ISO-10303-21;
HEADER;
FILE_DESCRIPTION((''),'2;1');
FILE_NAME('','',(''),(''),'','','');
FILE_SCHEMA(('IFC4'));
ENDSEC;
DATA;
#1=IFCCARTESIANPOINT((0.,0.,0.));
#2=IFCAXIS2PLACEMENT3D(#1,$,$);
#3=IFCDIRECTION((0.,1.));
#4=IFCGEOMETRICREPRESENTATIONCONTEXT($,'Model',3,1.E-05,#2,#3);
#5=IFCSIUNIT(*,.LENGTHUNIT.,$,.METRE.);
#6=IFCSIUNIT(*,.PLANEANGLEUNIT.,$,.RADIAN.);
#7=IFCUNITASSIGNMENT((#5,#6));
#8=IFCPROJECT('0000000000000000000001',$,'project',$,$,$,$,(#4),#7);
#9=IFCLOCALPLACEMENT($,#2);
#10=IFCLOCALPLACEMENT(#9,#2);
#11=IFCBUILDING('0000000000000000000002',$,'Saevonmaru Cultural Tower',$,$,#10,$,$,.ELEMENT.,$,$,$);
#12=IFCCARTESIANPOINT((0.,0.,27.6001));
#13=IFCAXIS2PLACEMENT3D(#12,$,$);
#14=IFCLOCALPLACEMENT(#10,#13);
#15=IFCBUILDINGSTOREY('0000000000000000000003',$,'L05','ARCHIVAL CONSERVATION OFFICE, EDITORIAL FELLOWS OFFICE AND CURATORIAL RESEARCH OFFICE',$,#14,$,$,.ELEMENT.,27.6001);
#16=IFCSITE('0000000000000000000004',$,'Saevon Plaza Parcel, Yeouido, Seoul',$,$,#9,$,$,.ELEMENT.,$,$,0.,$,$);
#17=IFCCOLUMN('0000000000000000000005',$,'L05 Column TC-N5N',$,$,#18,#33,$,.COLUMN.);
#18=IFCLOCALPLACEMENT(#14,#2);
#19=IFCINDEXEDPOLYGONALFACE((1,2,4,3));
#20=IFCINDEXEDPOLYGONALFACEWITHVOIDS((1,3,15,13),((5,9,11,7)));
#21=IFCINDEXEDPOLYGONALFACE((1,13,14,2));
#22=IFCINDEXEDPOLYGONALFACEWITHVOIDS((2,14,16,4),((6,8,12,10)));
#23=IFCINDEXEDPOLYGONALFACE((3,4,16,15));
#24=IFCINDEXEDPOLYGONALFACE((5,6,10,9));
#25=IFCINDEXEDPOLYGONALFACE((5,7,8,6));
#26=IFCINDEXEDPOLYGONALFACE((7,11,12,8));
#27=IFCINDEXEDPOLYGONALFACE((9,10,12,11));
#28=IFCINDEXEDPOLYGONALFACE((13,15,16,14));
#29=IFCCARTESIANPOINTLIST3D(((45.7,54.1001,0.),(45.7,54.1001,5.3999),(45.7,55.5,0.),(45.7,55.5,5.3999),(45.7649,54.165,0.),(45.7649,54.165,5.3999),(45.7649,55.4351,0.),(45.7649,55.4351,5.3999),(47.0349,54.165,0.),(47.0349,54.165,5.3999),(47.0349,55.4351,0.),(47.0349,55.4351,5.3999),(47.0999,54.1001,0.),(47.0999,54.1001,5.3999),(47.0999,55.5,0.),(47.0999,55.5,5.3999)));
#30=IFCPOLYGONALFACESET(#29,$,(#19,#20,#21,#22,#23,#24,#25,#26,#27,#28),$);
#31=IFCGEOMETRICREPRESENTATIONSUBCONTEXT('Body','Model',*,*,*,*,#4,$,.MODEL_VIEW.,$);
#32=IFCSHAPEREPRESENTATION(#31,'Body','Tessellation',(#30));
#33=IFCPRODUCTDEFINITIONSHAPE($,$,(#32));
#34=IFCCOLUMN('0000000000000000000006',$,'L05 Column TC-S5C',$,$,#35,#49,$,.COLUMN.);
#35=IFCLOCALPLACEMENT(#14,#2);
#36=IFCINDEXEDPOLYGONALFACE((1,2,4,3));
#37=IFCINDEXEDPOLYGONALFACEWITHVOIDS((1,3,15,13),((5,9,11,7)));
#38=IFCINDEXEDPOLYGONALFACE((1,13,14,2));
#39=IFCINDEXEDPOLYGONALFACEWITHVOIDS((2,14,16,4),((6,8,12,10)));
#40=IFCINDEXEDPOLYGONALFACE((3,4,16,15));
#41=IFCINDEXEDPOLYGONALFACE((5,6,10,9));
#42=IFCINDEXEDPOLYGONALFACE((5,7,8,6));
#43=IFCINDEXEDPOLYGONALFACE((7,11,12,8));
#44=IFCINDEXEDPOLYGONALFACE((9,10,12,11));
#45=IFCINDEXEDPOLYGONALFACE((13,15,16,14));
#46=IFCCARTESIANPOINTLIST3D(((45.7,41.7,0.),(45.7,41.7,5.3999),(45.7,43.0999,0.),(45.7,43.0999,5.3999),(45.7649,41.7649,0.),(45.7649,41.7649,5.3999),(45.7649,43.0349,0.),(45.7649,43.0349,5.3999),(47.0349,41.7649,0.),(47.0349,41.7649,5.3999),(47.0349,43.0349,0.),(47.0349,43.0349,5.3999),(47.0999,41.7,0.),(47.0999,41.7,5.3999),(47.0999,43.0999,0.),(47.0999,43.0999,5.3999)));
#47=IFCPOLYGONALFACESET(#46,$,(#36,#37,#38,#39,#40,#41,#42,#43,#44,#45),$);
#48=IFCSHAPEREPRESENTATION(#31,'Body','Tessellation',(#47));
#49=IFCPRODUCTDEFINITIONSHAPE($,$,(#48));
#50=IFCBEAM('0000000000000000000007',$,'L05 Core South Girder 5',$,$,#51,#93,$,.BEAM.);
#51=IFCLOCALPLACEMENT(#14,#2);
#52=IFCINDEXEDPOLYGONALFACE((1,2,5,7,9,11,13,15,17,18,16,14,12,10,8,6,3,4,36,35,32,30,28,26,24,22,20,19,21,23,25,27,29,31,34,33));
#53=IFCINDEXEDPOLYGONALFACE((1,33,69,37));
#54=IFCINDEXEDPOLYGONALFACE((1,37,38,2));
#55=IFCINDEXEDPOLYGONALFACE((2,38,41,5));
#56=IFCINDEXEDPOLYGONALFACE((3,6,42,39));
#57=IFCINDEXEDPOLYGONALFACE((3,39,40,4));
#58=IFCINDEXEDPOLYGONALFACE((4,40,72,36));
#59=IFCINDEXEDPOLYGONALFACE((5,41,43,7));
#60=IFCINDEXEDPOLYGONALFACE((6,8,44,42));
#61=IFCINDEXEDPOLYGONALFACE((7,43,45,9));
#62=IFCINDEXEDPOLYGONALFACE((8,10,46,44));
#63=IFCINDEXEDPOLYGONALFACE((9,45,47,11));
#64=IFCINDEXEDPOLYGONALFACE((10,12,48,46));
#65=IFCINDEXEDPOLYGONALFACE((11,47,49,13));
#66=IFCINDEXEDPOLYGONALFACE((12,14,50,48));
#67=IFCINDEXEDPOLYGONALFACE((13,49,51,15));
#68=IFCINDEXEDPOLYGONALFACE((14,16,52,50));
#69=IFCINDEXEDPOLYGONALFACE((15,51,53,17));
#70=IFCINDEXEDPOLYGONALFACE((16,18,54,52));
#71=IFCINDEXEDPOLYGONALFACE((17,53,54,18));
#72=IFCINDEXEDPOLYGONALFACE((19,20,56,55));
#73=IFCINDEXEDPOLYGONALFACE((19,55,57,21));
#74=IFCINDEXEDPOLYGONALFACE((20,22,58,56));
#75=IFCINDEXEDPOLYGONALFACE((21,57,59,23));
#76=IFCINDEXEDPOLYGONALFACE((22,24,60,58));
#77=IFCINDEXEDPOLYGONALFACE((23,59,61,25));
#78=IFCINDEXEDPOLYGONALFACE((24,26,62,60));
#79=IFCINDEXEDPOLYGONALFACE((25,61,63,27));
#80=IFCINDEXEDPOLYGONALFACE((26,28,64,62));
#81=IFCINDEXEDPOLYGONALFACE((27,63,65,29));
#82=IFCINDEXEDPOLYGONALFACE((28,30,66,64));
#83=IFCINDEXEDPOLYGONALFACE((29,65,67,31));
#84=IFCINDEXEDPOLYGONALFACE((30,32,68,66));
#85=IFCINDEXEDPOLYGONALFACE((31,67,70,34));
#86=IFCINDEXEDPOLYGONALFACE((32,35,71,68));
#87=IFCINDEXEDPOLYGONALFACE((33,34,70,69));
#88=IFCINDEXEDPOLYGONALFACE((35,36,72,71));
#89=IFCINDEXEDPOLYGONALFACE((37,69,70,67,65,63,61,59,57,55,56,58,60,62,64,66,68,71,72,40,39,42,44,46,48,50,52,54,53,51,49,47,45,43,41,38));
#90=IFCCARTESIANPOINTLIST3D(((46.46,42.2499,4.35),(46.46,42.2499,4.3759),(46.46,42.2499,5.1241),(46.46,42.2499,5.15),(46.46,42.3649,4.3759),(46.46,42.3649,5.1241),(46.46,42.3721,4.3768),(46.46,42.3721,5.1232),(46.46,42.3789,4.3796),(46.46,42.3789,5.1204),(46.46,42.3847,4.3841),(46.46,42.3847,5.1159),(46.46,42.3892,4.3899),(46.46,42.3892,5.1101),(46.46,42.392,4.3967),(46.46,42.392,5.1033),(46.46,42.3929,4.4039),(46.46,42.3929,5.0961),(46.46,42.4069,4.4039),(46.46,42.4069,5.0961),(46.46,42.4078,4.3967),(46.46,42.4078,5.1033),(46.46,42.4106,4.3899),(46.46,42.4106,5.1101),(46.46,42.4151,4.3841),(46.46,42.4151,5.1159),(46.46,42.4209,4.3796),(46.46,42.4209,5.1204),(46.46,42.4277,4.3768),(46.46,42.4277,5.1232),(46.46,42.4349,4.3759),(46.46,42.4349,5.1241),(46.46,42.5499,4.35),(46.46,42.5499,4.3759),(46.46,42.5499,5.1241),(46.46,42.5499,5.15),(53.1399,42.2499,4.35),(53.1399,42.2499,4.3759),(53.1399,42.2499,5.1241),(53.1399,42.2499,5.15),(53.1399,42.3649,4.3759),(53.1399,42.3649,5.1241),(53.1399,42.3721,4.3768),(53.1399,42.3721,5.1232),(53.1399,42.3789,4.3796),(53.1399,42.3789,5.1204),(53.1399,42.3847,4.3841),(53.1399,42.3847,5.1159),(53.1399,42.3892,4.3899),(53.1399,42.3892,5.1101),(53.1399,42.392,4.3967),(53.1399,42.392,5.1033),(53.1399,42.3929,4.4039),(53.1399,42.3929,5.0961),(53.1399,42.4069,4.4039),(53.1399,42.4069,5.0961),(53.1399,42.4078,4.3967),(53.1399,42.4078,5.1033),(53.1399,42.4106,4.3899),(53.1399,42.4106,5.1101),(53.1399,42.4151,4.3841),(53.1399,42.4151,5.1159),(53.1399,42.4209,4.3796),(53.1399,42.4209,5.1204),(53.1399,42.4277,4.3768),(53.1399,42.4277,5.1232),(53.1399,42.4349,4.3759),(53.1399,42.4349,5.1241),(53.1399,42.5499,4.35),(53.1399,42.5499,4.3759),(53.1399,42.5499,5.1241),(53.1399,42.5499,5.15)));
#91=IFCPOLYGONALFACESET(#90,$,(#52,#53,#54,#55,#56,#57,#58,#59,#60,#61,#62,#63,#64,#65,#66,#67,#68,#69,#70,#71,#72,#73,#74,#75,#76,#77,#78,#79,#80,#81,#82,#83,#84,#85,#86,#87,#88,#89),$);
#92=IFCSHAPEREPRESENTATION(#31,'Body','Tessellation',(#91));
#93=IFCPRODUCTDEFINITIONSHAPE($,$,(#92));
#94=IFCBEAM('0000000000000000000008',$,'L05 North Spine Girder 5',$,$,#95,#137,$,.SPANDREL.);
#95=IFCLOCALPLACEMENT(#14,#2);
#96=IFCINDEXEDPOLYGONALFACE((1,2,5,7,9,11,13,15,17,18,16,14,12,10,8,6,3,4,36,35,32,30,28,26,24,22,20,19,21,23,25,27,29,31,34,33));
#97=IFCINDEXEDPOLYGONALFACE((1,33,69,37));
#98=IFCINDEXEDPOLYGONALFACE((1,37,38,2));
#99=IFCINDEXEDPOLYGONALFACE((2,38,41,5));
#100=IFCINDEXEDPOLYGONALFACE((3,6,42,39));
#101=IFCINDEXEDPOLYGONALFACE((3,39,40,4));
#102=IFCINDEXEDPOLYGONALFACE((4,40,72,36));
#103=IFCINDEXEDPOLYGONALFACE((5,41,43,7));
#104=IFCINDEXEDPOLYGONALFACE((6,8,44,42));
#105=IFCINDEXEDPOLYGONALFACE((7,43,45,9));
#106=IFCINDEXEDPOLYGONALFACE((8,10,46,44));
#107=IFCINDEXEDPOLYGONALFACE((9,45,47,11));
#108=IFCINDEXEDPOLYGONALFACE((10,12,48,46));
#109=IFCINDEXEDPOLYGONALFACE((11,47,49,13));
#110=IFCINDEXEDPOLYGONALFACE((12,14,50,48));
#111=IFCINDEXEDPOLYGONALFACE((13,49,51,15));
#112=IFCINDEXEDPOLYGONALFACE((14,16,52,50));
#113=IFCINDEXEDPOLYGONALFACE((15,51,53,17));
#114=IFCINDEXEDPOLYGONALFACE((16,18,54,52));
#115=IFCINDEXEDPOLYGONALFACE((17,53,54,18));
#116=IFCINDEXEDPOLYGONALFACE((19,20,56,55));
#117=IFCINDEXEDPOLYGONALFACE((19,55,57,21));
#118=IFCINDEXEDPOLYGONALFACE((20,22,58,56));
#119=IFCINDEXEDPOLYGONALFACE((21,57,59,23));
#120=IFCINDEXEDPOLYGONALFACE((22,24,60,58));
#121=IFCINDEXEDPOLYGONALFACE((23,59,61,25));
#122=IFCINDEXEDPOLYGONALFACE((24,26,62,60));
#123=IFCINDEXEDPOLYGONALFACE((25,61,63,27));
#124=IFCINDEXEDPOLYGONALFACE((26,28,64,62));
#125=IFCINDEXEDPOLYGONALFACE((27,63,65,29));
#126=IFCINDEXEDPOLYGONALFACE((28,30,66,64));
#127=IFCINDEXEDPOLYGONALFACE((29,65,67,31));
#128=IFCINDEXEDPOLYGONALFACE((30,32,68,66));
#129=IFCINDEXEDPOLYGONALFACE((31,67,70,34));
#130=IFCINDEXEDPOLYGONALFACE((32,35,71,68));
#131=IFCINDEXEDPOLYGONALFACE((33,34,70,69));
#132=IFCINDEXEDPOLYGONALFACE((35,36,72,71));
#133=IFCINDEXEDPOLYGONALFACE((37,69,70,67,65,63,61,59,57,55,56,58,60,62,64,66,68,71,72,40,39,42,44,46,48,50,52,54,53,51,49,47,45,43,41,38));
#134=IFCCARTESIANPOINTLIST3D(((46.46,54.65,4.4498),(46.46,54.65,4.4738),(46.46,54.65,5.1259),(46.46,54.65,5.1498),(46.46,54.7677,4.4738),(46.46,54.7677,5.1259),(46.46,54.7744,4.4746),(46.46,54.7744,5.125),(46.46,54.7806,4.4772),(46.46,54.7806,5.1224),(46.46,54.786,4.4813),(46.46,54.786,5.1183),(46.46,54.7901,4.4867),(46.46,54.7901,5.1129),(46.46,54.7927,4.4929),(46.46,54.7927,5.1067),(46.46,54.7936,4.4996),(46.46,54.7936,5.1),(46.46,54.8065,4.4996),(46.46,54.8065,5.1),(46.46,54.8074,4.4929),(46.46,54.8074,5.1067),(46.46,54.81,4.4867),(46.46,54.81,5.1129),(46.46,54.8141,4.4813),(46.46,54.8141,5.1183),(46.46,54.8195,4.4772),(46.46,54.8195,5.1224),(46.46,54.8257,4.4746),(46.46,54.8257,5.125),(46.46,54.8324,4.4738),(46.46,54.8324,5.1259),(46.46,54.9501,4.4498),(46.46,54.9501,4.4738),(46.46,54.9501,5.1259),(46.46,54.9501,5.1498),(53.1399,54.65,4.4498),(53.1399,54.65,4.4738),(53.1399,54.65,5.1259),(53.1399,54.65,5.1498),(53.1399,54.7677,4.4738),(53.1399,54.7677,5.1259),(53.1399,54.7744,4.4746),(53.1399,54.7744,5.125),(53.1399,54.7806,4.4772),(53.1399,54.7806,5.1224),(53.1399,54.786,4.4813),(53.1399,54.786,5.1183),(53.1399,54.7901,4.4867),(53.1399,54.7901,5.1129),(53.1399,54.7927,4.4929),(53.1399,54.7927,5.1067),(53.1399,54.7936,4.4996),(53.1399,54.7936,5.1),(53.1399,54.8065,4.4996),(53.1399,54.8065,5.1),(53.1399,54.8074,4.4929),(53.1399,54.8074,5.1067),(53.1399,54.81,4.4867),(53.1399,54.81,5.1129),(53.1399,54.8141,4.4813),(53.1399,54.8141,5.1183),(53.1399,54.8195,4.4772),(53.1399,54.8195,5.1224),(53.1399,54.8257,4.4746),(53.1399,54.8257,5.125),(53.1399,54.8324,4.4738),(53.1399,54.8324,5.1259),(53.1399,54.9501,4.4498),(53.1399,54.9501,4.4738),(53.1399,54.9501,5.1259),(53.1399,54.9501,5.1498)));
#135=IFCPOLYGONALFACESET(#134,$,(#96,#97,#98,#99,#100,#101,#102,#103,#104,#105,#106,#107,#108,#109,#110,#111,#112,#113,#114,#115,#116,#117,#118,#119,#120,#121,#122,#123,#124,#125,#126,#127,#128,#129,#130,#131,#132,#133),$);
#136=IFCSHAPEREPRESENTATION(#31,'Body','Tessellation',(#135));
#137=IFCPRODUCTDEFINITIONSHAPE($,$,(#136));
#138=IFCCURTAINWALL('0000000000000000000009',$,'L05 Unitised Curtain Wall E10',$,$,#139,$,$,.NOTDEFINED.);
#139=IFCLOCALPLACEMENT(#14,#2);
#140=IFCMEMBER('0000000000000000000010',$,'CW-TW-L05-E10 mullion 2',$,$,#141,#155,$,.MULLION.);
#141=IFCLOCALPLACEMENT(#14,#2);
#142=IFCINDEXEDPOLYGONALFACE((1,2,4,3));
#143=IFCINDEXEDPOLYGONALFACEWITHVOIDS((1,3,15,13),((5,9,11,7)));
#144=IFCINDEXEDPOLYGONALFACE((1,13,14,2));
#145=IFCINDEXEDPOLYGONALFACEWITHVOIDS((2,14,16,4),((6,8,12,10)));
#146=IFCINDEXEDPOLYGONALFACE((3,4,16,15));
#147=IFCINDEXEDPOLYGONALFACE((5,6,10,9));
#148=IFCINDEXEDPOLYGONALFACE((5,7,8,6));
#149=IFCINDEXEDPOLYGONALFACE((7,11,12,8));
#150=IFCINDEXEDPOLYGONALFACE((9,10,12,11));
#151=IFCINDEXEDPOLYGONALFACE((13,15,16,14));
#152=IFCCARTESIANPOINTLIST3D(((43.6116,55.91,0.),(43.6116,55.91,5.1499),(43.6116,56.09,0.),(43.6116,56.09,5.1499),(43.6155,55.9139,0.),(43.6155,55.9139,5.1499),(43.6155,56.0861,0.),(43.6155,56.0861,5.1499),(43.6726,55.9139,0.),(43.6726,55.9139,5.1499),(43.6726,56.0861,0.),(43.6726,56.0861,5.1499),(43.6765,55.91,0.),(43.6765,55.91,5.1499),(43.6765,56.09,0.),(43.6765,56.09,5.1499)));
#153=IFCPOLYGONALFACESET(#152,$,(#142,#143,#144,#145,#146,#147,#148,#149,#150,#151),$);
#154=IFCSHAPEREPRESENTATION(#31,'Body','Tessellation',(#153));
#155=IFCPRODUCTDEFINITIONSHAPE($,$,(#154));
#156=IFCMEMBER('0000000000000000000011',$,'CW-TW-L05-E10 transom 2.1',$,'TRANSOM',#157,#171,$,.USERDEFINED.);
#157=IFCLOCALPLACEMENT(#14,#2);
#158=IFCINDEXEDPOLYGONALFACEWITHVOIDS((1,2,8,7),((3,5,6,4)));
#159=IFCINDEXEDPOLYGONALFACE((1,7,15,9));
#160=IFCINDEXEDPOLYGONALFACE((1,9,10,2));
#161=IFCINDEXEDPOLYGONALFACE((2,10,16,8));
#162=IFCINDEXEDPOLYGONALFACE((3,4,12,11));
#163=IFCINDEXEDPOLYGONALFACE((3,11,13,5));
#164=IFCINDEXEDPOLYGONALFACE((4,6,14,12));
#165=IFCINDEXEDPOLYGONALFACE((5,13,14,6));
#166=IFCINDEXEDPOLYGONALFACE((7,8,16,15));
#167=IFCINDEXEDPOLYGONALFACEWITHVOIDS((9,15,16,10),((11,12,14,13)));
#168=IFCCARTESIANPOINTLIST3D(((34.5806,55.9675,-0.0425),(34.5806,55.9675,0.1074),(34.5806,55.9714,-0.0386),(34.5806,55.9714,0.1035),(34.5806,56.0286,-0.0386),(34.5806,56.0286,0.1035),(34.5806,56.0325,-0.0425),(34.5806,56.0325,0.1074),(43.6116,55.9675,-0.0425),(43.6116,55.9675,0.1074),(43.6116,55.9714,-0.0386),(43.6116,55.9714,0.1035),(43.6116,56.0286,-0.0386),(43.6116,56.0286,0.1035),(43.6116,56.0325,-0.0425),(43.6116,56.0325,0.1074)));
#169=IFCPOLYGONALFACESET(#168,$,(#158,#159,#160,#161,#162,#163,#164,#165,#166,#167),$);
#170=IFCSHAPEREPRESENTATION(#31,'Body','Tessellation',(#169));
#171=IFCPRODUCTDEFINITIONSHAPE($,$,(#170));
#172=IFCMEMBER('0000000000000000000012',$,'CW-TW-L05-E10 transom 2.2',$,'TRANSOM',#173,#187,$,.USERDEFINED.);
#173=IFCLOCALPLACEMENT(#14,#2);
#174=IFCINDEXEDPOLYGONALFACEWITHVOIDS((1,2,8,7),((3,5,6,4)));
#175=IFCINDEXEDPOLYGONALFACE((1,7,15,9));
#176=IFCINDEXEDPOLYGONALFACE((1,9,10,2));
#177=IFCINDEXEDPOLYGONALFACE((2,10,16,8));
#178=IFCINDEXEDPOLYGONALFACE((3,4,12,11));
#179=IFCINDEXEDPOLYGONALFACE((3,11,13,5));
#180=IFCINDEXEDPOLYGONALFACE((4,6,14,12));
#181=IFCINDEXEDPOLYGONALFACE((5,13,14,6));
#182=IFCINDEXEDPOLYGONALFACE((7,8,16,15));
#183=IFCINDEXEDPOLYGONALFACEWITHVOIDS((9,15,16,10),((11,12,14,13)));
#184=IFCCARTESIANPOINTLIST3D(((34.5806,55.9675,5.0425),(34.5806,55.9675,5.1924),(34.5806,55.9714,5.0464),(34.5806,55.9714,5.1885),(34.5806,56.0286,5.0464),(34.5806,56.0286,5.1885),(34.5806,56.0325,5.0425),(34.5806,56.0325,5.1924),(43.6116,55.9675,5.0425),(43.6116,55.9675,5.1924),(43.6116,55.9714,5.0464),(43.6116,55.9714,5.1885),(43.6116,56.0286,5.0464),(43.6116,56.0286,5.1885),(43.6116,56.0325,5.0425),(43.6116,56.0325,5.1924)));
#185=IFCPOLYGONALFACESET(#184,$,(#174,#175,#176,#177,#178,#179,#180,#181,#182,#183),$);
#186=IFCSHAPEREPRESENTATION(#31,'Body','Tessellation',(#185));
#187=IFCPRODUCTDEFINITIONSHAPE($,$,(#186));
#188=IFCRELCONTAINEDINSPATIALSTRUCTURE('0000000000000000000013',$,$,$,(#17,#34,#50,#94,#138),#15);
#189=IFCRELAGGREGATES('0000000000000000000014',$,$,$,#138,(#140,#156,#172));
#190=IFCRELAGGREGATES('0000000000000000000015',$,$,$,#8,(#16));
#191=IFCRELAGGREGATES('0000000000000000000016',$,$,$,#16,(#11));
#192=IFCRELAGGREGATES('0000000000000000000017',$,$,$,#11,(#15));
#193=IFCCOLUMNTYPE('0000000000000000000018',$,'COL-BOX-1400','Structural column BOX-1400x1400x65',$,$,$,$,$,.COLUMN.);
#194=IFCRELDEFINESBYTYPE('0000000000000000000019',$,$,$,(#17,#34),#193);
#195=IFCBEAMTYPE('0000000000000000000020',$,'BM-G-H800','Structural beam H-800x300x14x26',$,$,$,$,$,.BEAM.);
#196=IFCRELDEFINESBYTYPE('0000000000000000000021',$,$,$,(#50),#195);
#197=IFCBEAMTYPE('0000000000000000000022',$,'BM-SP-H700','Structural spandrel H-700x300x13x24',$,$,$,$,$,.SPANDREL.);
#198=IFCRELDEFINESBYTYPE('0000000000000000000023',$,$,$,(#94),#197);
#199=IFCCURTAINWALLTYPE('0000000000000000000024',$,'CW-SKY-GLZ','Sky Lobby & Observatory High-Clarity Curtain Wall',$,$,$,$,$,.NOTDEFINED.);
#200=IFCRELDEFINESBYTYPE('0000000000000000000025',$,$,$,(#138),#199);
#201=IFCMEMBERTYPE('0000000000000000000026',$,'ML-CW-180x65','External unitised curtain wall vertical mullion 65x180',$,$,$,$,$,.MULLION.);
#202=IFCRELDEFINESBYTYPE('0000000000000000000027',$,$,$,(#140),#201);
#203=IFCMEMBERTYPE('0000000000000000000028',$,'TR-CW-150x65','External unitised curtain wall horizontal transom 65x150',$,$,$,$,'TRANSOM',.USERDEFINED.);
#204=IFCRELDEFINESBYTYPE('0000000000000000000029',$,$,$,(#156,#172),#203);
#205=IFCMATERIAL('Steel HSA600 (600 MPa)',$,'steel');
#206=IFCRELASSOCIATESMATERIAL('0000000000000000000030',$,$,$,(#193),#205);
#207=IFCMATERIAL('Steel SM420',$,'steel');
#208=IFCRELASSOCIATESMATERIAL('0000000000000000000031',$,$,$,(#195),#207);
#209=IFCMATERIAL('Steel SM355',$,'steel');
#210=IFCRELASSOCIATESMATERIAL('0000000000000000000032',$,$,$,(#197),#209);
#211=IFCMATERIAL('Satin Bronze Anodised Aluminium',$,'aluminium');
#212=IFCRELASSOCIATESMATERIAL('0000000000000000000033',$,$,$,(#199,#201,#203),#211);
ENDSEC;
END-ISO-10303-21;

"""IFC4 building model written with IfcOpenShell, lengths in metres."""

from ifc_helpers import new_model, si_unit, direction, frame, origin, origin_2d, place, context, subcontext, project, spatial, hollow_rectangle, i_section, extrude, material, material_profile, profile_set, type_object, element, aggregate, save


model = new_model("IFC4")

# Units and contexts
model_context = context("Model", 3, precision=1e-05, world=origin(), true_north=direction((0.0, 1.0)))
body_context = subcontext(model_context, "Body", "Model", "MODEL_VIEW")
ifc_project = project(units=[si_unit("LENGTHUNIT", "METRE"), si_unit("PLANEANGLEUNIT", "RADIAN")], contexts=[model_context])

# Site, building, storey
site_placement = place(None, origin())
site = spatial("IfcSite", under=ifc_project, at=site_placement, Name="Saevon Plaza Parcel, Yeouido, Seoul", CompositionType="ELEMENT", RefElevation=0.0)
building_placement = place(site_placement, origin())
building = spatial("IfcBuilding", under=site, at=building_placement, Name="Saevonmaru Cultural Tower", CompositionType="ELEMENT")
storey_placement = place(building_placement, frame((0.0, 0.0, 27.6001)))
storey = spatial("IfcBuildingStorey", under=building, at=storey_placement, Name="L05", Description="ARCHIVAL CONSERVATION OFFICE, EDITORIAL FELLOWS OFFICE AND CURATORIAL RESEARCH OFFICE", CompositionType="ELEMENT", Elevation=27.6001)

# Columns
ifc_material_1 = material(Name="Steel HSA600 (600 MPa)", Category="steel")
ifc_material_profile_1 = material_profile(ifc_material_1, hollow_rectangle(XDim=1.3999, YDim=1.3999, WallThickness=0.0649, at=origin_2d()), Name="BOX-1400x1400x65")
ifc_profile_set_1 = profile_set([ifc_material_profile_1], Name="Steel HSA600 (600 MPa)")
column_type = type_object("IfcColumnType", Name="COL-BOX-1400", Description="Structural column BOX-1400x1400x65", PredefinedType="COLUMN", material=ifc_profile_set_1)
for number, where, z_axis, x_axis, name in (
    (1, (46.3999, 54.8, 0.0), (0.0, 0.0, 1.0), (1.0, 0.0, 0.0), "L05 Column TC-N5N"),
    (2, (46.3999, 42.3999, 0.0), (0.0, 0.0, 1.0), (1.0, 0.0, 0.0), "L05 Column TC-S5C"),
):
    element("IfcColumn", number, at=place(storey_placement, frame(where, z_axis=z_axis, x_axis=x_axis)), inside=storey, type_object=column_type, Name=name, PredefinedType="COLUMN", context=body_context, shape_type="SweptSolid", body=[
        extrude(hollow_rectangle(XDim=1.3999, YDim=1.3999, WallThickness=0.0649, at=origin_2d()), origin(), (0.0, 0.0, 1.0), 5.3999),
    ])

# Beams
ifc_material_2 = material(Name="Steel SM420", Category="steel")
ifc_material_profile_2 = material_profile(ifc_material_2, i_section(OverallWidth=0.3, OverallDepth=0.8, WebThickness=0.0139, FlangeThickness=0.0259, FilletRadius=0.0281, at=origin_2d()), Name="H-800x300x14x26")
ifc_profile_set_2 = profile_set([ifc_material_profile_2], Name="Steel SM420")
beam_type_1 = type_object("IfcBeamType", Name="BM-G-H800", Description="Structural beam H-800x300x14x26", PredefinedType="BEAM", material=ifc_profile_set_2)
beam_1_placement = place(storey_placement, frame((46.46, 42.3999, 4.75), z_axis=(1.0, 0.0, 0.0), x_axis=(0.0, 1.0, 0.0)))
element("IfcBeam", 3, at=beam_1_placement, inside=storey, type_object=beam_type_1, Name="L05 Core South Girder 5", PredefinedType="BEAM", context=body_context, shape_type="SweptSolid", body=[
    extrude(i_section(OverallWidth=0.3, OverallDepth=0.8, WebThickness=0.0139, FlangeThickness=0.0259, FilletRadius=0.0281, at=origin_2d()), origin(), (0.0, 0.0, 1.0), 6.6799),
])
ifc_material_3 = material(Name="Steel SM355", Category="steel")
ifc_material_profile_3 = material_profile(ifc_material_3, i_section(OverallWidth=0.3, OverallDepth=0.7, WebThickness=0.0129, FlangeThickness=0.0239, FilletRadius=0.0259, at=origin_2d()), Name="H-700x300x13x24")
ifc_profile_set_3 = profile_set([ifc_material_profile_3], Name="Steel SM355")
beam_type_2 = type_object("IfcBeamType", Name="BM-SP-H700", Description="Structural spandrel H-700x300x13x24", PredefinedType="SPANDREL", material=ifc_profile_set_3)
beam_2_placement = place(storey_placement, frame((46.46, 54.8, 4.7998), z_axis=(1.0, 0.0, 0.0), x_axis=(0.0, 1.0, 0.0)))
element("IfcBeam", 4, at=beam_2_placement, inside=storey, type_object=beam_type_2, Name="L05 North Spine Girder 5", PredefinedType="SPANDREL", context=body_context, shape_type="SweptSolid", body=[
    extrude(i_section(OverallWidth=0.3, OverallDepth=0.7, WebThickness=0.0129, FlangeThickness=0.0239, FilletRadius=0.0259, at=origin_2d()), origin(), (0.0, 0.0, 1.0), 6.6799),
])

# Curtain wall, members
ifc_material_4 = material(Name="Satin Bronze Anodised Aluminium", Category="aluminium")
curtain_wall_type = type_object("IfcCurtainWallType", Name="CW-SKY-GLZ", Description="Sky Lobby & Observatory High-Clarity Curtain Wall", PredefinedType="NOTDEFINED", material=ifc_material_4)
curtain_wall_placement = place(storey_placement, origin())
curtain_wall = element("IfcCurtainWall", 5, at=curtain_wall_placement, inside=storey, type_object=curtain_wall_type, Name="L05 Unitised Curtain Wall E10", PredefinedType="NOTDEFINED")
ifc_material_profile_4 = material_profile(ifc_material_4, hollow_rectangle(XDim=0.0649, YDim=0.1799, WallThickness=0.0039, at=origin_2d()), Name="ALU-MULL-180x65x4")
ifc_profile_set_4 = profile_set([ifc_material_profile_4], Name="Satin Bronze Anodised Aluminium")
member_type_1 = type_object("IfcMemberType", Name="ML-CW-180x65", Description="External unitised curtain wall vertical mullion 65x180", PredefinedType="MULLION", material=ifc_profile_set_4)
member_1_placement = place(storey_placement, frame((43.644, 56.0, 0.0), z_axis=(0.0, 0.0, 1.0), x_axis=(-1.0, 0.0, 0.0)))
member_1 = element("IfcMember", 6, at=member_1_placement, type_object=member_type_1, Name="CW-TW-L05-E10 mullion 2", PredefinedType="MULLION", context=body_context, shape_type="SweptSolid", body=[
    extrude(hollow_rectangle(XDim=0.0649, YDim=0.1799, WallThickness=0.0039, at=origin_2d()), origin(), (0.0, 0.0, 1.0), 5.1499),
])
ifc_material_profile_5 = material_profile(ifc_material_4, hollow_rectangle(XDim=0.0649, YDim=0.1499, WallThickness=0.0039, at=origin_2d()), Name="ALU-TRAN-150x65x4")
ifc_profile_set_5 = profile_set([ifc_material_profile_5], Name="Satin Bronze Anodised Aluminium")
member_type_2 = type_object("IfcMemberType", Name="TR-CW-150x65", Description="External unitised curtain wall horizontal transom 65x150", ElementType="TRANSOM", PredefinedType="USERDEFINED", material=ifc_profile_set_5)
member_2_placement = place(storey_placement, frame((43.6116, 56.0, 0.0325), z_axis=(-1.0, 0.0, 0.0), x_axis=(0.0, -1.0, 0.0)))
member_2 = element("IfcMember", 7, at=member_2_placement, type_object=member_type_2, Name="CW-TW-L05-E10 transom 2.1", ObjectType="TRANSOM", PredefinedType="USERDEFINED", context=body_context, shape_type="SweptSolid", body=[
    extrude(hollow_rectangle(XDim=0.0649, YDim=0.1499, WallThickness=0.0039, at=origin_2d()), origin(), (0.0, 0.0, 1.0), 9.031),
])
member_3_placement = place(storey_placement, frame((43.6116, 56.0, 5.1174), z_axis=(-1.0, 0.0, 0.0), x_axis=(0.0, -1.0, 0.0)))
member_3 = element("IfcMember", 8, at=member_3_placement, type_object=member_type_2, Name="CW-TW-L05-E10 transom 2.2", ObjectType="TRANSOM", PredefinedType="USERDEFINED", context=body_context, shape_type="SweptSolid", body=[
    extrude(hollow_rectangle(XDim=0.0649, YDim=0.1499, WallThickness=0.0039, at=origin_2d()), origin(), (0.0, 0.0, 1.0), 9.031),
])
aggregate(curtain_wall, [member_1, member_2, member_3])

save(model, "model.ifc")
